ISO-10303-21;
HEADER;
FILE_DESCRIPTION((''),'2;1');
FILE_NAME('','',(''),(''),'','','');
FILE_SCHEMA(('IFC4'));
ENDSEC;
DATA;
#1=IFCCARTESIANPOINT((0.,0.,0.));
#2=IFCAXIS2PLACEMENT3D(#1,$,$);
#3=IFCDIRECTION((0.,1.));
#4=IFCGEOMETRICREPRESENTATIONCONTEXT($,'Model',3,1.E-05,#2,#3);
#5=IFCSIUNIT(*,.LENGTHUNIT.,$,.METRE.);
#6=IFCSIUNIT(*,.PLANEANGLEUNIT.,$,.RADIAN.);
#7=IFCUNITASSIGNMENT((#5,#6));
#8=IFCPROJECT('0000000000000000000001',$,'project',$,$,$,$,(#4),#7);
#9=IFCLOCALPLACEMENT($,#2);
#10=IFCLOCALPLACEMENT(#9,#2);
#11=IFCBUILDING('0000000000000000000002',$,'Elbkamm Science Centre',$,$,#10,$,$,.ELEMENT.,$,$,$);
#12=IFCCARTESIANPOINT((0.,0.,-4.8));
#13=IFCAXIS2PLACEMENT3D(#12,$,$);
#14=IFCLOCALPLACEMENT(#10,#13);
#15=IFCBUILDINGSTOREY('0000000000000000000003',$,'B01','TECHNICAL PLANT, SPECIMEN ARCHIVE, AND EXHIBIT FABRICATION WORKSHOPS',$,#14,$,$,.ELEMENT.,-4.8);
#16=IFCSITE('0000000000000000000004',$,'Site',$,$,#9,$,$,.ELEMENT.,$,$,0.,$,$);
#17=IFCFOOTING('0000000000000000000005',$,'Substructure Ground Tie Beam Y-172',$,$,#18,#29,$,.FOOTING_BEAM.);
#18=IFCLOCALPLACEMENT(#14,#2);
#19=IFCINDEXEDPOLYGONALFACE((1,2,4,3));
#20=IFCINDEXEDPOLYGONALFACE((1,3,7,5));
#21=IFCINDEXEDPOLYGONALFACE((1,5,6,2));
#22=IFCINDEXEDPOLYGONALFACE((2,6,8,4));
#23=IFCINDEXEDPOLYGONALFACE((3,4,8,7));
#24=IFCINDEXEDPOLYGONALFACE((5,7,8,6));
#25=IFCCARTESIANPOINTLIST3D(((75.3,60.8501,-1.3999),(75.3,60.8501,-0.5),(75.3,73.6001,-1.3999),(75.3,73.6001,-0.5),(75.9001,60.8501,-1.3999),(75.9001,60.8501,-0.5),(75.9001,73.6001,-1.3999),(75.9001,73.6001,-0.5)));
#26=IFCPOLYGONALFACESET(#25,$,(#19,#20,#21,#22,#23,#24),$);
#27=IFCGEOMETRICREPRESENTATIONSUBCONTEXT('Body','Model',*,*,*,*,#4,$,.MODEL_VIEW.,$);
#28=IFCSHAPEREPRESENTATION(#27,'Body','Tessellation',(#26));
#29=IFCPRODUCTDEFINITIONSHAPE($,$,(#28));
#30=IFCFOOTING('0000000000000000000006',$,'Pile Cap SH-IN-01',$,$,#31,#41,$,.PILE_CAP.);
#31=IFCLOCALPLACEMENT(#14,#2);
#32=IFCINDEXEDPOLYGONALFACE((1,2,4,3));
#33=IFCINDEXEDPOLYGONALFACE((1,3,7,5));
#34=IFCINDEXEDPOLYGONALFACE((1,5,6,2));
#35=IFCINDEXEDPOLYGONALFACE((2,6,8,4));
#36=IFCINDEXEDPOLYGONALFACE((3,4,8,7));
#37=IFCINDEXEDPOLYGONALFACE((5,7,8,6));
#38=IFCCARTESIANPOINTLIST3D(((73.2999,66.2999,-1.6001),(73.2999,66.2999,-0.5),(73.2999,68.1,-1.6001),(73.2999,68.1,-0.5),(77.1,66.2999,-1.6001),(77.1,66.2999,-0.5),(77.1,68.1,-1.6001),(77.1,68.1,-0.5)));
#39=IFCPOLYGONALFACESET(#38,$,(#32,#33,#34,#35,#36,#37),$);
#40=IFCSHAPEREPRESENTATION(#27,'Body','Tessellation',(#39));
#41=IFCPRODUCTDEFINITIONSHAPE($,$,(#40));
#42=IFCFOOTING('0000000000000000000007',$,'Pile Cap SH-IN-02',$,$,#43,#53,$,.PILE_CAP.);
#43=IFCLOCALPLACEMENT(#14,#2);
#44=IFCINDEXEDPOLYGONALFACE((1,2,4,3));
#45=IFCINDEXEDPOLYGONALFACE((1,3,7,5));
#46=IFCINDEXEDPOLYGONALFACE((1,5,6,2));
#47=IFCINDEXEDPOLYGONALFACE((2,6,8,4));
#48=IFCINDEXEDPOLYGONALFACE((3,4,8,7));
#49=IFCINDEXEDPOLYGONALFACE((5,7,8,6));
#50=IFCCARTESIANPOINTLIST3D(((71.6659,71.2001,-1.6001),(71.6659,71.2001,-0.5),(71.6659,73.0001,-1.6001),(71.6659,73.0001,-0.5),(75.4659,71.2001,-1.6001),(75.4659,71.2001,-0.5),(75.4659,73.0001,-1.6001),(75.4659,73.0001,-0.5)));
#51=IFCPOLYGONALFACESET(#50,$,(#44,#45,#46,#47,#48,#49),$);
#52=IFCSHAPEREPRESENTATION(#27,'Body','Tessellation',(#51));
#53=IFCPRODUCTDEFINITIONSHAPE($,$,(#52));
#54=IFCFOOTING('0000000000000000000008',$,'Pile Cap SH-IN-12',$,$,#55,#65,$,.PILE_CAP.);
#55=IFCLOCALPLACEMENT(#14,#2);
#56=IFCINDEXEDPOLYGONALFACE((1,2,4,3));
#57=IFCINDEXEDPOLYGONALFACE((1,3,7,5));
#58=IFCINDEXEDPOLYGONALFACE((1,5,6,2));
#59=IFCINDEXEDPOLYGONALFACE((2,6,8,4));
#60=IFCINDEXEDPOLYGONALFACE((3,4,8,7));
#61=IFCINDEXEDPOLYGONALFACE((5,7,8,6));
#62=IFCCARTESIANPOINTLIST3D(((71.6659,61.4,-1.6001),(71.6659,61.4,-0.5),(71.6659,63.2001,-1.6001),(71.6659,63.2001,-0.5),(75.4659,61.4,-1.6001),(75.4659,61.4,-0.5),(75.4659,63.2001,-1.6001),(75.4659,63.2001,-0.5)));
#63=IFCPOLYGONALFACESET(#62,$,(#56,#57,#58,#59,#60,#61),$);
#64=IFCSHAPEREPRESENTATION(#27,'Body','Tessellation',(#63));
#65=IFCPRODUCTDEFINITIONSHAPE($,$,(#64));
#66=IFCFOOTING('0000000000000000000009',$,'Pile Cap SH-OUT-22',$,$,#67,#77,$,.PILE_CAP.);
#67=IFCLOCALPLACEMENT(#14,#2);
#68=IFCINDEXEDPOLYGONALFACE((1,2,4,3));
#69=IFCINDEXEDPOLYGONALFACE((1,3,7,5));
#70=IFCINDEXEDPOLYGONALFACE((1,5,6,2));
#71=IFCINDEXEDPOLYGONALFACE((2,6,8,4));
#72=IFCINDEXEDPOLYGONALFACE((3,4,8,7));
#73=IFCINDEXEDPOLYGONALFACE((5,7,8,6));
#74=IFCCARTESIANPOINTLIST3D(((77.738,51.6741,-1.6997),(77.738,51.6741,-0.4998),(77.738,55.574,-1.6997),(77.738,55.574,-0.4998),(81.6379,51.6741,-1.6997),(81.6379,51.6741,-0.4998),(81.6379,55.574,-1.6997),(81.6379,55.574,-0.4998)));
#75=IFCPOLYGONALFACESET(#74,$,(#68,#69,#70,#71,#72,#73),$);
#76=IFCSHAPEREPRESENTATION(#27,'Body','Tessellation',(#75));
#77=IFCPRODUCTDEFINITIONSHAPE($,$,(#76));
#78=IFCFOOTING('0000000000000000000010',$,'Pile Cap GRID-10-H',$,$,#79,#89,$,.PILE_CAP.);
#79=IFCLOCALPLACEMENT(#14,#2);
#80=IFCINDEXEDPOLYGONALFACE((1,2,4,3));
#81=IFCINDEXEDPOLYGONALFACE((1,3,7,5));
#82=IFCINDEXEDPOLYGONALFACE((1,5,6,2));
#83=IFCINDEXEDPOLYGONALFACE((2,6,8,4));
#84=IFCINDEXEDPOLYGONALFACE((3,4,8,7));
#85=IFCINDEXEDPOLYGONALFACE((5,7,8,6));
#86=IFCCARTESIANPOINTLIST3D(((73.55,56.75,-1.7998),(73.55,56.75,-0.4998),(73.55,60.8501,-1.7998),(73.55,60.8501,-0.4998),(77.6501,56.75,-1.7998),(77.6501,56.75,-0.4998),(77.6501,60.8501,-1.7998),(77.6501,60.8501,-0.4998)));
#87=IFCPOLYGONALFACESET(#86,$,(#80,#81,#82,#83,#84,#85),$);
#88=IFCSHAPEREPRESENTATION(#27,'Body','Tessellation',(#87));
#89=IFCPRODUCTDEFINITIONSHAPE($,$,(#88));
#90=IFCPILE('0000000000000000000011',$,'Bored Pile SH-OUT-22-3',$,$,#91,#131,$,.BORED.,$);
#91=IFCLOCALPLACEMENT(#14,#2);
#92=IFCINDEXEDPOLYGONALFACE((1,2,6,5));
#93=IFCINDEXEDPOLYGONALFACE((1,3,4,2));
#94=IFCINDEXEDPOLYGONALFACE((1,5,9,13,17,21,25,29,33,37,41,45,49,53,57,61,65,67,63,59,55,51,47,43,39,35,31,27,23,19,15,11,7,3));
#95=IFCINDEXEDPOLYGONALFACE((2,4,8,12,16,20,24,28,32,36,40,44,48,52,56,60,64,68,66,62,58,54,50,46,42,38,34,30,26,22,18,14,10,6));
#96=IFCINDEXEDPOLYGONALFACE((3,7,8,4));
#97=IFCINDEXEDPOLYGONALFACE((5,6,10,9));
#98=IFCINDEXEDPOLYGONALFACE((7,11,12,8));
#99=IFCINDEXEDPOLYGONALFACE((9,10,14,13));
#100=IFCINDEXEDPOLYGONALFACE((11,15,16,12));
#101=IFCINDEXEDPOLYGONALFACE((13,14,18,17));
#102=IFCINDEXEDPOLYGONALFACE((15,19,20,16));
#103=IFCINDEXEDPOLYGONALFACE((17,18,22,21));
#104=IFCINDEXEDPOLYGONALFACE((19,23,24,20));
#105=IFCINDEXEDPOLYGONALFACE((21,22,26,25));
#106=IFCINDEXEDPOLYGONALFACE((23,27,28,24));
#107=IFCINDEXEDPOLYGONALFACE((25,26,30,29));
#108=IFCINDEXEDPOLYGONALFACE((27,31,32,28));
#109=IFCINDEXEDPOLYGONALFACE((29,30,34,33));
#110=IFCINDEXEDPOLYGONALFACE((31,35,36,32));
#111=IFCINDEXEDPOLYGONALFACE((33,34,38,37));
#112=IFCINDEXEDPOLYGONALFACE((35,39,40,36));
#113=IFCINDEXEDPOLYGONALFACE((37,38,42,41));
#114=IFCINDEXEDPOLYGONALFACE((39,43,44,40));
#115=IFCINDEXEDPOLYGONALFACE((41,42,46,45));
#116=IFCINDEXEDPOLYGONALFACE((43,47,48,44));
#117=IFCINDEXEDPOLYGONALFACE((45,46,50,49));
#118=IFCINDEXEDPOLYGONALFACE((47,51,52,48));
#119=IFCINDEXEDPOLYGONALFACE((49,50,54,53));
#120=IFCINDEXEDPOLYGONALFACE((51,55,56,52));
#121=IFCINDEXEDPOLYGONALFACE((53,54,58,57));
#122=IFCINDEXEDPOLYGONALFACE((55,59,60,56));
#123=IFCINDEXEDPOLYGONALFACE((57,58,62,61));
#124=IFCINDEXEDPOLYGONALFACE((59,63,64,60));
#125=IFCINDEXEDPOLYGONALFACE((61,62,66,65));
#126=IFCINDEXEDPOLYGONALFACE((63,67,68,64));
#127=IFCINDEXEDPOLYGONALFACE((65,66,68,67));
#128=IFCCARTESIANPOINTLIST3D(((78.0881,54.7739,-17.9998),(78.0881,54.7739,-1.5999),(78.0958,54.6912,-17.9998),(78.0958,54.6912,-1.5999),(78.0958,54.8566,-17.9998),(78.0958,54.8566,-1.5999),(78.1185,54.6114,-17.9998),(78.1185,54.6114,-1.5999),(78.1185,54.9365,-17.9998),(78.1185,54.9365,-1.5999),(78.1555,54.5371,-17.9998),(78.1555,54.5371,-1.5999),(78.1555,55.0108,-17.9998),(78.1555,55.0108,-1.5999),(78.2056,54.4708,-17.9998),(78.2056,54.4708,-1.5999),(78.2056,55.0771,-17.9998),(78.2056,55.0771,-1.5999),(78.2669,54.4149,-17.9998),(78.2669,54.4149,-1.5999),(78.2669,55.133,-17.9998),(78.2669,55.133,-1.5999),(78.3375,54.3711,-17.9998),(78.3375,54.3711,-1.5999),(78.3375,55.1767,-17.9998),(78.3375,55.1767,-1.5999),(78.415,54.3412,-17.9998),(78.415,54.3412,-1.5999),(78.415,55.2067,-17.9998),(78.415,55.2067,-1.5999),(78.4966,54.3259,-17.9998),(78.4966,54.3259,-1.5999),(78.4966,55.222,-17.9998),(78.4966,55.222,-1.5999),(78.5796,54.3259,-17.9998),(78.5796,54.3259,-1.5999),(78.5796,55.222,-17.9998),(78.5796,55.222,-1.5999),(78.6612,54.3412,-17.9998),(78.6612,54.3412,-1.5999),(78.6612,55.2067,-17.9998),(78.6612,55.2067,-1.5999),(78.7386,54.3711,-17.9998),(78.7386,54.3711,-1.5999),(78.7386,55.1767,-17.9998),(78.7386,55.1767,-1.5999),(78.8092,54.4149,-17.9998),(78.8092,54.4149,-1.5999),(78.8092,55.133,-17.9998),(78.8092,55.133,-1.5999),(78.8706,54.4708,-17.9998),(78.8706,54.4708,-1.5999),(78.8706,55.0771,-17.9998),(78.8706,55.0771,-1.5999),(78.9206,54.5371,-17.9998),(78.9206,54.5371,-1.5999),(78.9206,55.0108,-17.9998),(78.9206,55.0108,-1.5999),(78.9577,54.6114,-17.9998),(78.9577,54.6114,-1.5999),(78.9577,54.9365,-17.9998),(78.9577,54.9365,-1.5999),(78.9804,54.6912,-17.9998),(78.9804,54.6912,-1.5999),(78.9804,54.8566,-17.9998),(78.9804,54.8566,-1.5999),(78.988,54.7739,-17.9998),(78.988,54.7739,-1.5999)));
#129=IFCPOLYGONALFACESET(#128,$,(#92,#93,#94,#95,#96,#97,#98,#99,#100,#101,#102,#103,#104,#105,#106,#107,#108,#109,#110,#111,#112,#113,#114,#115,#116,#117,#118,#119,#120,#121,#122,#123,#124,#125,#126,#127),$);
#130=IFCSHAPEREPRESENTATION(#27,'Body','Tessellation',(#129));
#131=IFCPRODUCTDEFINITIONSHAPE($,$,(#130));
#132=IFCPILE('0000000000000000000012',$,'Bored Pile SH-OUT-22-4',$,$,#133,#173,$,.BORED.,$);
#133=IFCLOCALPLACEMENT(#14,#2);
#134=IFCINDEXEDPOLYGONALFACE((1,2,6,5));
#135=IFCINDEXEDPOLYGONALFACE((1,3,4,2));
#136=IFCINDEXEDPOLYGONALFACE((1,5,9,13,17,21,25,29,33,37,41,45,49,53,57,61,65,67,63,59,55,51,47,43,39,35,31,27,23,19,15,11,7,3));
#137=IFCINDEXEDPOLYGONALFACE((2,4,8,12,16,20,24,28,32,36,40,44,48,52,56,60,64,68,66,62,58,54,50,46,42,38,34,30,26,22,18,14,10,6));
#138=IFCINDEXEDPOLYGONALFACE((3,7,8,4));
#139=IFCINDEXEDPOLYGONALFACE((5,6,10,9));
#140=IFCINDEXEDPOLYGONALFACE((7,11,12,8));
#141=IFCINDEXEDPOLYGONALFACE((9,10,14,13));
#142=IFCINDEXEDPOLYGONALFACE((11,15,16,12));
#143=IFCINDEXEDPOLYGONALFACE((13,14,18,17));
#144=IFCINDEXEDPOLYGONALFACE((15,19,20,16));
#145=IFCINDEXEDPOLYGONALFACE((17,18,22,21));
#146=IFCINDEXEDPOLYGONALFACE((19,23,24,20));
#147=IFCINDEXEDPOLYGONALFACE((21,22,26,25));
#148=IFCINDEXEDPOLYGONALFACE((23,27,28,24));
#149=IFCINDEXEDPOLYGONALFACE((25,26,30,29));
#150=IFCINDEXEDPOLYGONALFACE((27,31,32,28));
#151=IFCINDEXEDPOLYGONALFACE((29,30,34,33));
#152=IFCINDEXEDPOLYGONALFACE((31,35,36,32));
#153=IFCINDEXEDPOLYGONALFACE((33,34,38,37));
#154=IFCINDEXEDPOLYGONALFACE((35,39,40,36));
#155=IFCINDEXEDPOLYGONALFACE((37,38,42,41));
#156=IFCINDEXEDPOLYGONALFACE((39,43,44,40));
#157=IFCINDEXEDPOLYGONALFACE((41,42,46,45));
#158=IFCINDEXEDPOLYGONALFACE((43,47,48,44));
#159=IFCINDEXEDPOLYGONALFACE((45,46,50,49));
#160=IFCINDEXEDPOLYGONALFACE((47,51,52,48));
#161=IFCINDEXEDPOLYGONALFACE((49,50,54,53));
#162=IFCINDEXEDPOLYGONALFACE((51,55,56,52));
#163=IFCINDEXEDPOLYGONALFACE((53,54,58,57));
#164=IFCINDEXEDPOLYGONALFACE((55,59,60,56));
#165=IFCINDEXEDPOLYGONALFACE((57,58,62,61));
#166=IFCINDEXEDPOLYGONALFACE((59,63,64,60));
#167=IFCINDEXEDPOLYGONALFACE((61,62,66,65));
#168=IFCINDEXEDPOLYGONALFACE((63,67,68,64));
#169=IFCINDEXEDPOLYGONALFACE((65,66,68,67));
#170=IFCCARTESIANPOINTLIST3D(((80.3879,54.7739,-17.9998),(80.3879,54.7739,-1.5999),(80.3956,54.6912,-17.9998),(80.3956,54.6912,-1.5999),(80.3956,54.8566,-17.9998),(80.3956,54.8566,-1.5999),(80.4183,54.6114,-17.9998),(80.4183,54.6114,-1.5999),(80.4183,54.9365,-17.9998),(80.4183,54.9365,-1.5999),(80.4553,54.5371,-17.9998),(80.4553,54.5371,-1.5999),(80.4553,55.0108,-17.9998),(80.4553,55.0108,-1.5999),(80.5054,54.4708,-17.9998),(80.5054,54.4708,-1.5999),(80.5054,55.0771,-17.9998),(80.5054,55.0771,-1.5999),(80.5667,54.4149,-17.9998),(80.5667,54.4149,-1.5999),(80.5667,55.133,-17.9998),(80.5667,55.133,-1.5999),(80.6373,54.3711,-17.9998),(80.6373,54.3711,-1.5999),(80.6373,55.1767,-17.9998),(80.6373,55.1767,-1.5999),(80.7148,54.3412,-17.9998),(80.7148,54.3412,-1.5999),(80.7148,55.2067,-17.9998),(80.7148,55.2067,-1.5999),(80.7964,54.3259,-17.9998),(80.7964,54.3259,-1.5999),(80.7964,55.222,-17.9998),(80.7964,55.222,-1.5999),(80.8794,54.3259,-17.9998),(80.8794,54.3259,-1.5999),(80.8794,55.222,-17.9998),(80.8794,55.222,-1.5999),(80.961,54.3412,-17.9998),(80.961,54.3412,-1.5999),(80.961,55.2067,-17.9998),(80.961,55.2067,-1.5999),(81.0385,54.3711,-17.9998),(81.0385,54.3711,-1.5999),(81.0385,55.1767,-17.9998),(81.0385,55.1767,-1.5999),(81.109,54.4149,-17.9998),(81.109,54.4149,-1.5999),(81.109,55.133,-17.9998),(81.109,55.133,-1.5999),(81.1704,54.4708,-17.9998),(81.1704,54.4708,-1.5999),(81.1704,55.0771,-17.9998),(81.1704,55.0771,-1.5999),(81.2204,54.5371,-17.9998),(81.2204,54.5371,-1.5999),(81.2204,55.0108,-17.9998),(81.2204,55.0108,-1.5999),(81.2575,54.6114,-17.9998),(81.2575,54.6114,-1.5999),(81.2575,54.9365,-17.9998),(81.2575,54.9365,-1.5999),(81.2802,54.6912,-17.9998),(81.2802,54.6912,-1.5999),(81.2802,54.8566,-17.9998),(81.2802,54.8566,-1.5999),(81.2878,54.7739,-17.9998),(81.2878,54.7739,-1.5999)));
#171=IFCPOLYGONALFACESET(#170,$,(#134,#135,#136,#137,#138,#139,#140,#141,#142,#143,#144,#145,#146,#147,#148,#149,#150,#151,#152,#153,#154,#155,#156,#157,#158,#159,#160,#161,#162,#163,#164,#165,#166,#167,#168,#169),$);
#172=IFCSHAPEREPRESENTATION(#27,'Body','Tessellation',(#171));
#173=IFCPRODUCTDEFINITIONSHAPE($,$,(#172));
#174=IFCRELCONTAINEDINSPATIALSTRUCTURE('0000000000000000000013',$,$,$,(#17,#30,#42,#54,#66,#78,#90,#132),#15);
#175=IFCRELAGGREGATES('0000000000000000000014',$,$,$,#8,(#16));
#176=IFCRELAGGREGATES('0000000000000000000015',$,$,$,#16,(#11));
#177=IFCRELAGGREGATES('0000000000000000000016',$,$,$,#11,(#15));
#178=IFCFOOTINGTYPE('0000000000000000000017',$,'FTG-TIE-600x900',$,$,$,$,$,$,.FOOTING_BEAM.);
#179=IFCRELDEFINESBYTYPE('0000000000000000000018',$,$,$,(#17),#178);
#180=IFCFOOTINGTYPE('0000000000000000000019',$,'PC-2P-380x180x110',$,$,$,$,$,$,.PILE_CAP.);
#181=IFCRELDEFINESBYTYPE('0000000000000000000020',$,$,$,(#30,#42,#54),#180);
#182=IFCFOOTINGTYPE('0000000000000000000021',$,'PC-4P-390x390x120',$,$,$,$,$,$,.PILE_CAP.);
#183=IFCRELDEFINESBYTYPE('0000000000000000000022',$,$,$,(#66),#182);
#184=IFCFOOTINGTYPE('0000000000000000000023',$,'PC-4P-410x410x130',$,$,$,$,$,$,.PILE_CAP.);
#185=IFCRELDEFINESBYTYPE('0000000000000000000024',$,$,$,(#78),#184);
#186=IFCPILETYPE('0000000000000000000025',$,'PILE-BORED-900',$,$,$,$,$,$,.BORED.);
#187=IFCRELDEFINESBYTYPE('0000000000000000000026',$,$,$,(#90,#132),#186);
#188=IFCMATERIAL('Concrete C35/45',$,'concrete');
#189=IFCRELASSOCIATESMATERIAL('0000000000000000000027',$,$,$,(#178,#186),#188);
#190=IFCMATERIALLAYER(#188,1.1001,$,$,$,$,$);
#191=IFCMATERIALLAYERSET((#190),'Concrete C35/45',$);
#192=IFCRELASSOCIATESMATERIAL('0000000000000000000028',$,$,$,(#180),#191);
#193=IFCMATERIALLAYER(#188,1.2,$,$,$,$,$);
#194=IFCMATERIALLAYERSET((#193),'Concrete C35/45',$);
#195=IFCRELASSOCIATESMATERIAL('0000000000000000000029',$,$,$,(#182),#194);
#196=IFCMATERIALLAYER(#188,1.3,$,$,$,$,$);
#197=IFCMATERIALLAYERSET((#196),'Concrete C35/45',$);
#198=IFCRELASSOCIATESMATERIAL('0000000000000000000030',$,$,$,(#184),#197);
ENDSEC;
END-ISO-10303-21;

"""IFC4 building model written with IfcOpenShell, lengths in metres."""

from ifc_helpers import new_model, si_unit, direction, frame, origin, origin_2d, place, context, subcontext, project, spatial, rectangle, circle, extrude, material, layer, layer_set, material_profile, profile_set, type_object, element, save


model = new_model("IFC4")

# Units and contexts
model_context = context("Model", 3, precision=1e-05, world=origin(), true_north=direction((0.0, 1.0)))
body_context = subcontext(model_context, "Body", "Model", "MODEL_VIEW")
ifc_project = project(units=[si_unit("LENGTHUNIT", "METRE"), si_unit("PLANEANGLEUNIT", "RADIAN")], contexts=[model_context])

# Site, building, storey
site_placement = place(None, origin())
site = spatial("IfcSite", under=ifc_project, at=site_placement, Name="Site", CompositionType="ELEMENT", RefElevation=0.0)
building_placement = place(site_placement, origin())
building = spatial("IfcBuilding", under=site, at=building_placement, Name="Elbkamm Science Centre", CompositionType="ELEMENT")
storey_placement = place(building_placement, frame((0.0, 0.0, -4.8)))
storey = spatial("IfcBuildingStorey", under=building, at=storey_placement, Name="B01", Description="TECHNICAL PLANT, SPECIMEN ARCHIVE, AND EXHIBIT FABRICATION WORKSHOPS", CompositionType="ELEMENT", Elevation=-4.8)

# Footings
ifc_material_1 = material(Name="Concrete C35/45", Category="concrete")
footing_type_1 = type_object("IfcFootingType", Name="FTG-TIE-600x900", PredefinedType="FOOTING_BEAM", material=ifc_material_1)
footing_1_placement = place(storey_placement, frame((75.6001, 67.2251, -1.3999), z_axis=(0.0, 0.0, 1.0), x_axis=(1.0, 0.0, 0.0)))
element("IfcFooting", 1, at=footing_1_placement, inside=storey, type_object=footing_type_1, Name="Substructure Ground Tie Beam Y-172", PredefinedType="FOOTING_BEAM", context=body_context, shape_type="SweptSolid", body=[
    extrude(rectangle(XDim=0.6001, YDim=12.75, at=origin_2d()), origin(), (0.0, 0.0, 1.0), 0.8999),
])
ifc_layer_1 = layer(ifc_material_1, 1.1001)
ifc_layer_set_1 = layer_set([ifc_layer_1], Name="Concrete C35/45")
footing_type_2 = type_object("IfcFootingType", Name="PC-2P-380x180x110", PredefinedType="PILE_CAP", material=ifc_layer_set_1)
for number, where, z_axis, x_axis, name in (
    (2, (75.2, 67.2, -1.6001), (0.0, 0.0, 1.0), (1.0, 0.0, 0.0), "Pile Cap SH-IN-01"),
    (3, (73.5659, 72.1001, -1.6001), (0.0, 0.0, 1.0), (1.0, 0.0, 0.0), "Pile Cap SH-IN-02"),
    (4, (73.5659, 62.3, -1.6001), (0.0, 0.0, 1.0), (1.0, 0.0, 0.0), "Pile Cap SH-IN-12"),
):
    element("IfcFooting", number, at=place(storey_placement, frame(where, z_axis=z_axis, x_axis=x_axis)), inside=storey, type_object=footing_type_2, Name=name, PredefinedType="PILE_CAP", context=body_context, shape_type="SweptSolid", body=[
        extrude(rectangle(XDim=3.8, YDim=1.8, at=origin_2d()), origin(), (0.0, 0.0, 1.0), 1.1001),
    ])
ifc_layer_2 = layer(ifc_material_1, 1.2)
ifc_layer_set_2 = layer_set([ifc_layer_2], Name="Concrete C35/45")
footing_type_3 = type_object("IfcFootingType", Name="PC-4P-390x390x120", PredefinedType="PILE_CAP", material=ifc_layer_set_2)
footing_2_placement = place(storey_placement, frame((79.688, 53.624, -1.6997), z_axis=(0.0, 0.0, 1.0), x_axis=(1.0, 0.0, 0.0)))
element("IfcFooting", 5, at=footing_2_placement, inside=storey, type_object=footing_type_3, Name="Pile Cap SH-OUT-22", PredefinedType="PILE_CAP", context=body_context, shape_type="SweptSolid", body=[
    extrude(rectangle(XDim=3.8999, YDim=3.8999, at=origin_2d()), origin(), (0.0, 0.0, 1.0), 1.2),
])
ifc_layer_3 = layer(ifc_material_1, 1.3)
ifc_layer_set_3 = layer_set([ifc_layer_3], Name="Concrete C35/45")
footing_type_4 = type_object("IfcFootingType", Name="PC-4P-410x410x130", PredefinedType="PILE_CAP", material=ifc_layer_set_3)
footing_3_placement = place(storey_placement, frame((75.6001, 58.8, -1.7998), z_axis=(0.0, 0.0, 1.0), x_axis=(1.0, 0.0, 0.0)))
element("IfcFooting", 6, at=footing_3_placement, inside=storey, type_object=footing_type_4, Name="Pile Cap GRID-10-H", PredefinedType="PILE_CAP", context=body_context, shape_type="SweptSolid", body=[
    extrude(rectangle(XDim=4.1001, YDim=4.1001, at=origin_2d()), origin(), (0.0, 0.0, 1.0), 1.3),
])

# Piles
ifc_material_profile_1 = material_profile(ifc_material_1, circle(Radius=0.45, at=origin_2d()), Name="PILE D900")
ifc_profile_set_1 = profile_set([ifc_material_profile_1], Name="Concrete C35/45")
pile_type = type_object("IfcPileType", Name="PILE-BORED-900", PredefinedType="BORED", material=ifc_profile_set_1)
for number, where, z_axis, x_axis, name in (
    (7, (78.5381, 54.7739, -1.5999), (0.0, 0.0, -1.0), (1.0, 0.0, 0.0), "Bored Pile SH-OUT-22-3"),
    (8, (80.8379, 54.7739, -1.5999), (0.0, 0.0, -1.0), (1.0, 0.0, 0.0), "Bored Pile SH-OUT-22-4"),
):
    element("IfcPile", number, at=place(storey_placement, frame(where, z_axis=z_axis, x_axis=x_axis)), inside=storey, type_object=pile_type, Name=name, PredefinedType="BORED", context=body_context, shape_type="SweptSolid", body=[
        extrude(circle(Radius=0.45, at=origin_2d()), origin(), (0.0, 0.0, 1.0), 16.3999),
    ])

save(model, "model.ifc")
